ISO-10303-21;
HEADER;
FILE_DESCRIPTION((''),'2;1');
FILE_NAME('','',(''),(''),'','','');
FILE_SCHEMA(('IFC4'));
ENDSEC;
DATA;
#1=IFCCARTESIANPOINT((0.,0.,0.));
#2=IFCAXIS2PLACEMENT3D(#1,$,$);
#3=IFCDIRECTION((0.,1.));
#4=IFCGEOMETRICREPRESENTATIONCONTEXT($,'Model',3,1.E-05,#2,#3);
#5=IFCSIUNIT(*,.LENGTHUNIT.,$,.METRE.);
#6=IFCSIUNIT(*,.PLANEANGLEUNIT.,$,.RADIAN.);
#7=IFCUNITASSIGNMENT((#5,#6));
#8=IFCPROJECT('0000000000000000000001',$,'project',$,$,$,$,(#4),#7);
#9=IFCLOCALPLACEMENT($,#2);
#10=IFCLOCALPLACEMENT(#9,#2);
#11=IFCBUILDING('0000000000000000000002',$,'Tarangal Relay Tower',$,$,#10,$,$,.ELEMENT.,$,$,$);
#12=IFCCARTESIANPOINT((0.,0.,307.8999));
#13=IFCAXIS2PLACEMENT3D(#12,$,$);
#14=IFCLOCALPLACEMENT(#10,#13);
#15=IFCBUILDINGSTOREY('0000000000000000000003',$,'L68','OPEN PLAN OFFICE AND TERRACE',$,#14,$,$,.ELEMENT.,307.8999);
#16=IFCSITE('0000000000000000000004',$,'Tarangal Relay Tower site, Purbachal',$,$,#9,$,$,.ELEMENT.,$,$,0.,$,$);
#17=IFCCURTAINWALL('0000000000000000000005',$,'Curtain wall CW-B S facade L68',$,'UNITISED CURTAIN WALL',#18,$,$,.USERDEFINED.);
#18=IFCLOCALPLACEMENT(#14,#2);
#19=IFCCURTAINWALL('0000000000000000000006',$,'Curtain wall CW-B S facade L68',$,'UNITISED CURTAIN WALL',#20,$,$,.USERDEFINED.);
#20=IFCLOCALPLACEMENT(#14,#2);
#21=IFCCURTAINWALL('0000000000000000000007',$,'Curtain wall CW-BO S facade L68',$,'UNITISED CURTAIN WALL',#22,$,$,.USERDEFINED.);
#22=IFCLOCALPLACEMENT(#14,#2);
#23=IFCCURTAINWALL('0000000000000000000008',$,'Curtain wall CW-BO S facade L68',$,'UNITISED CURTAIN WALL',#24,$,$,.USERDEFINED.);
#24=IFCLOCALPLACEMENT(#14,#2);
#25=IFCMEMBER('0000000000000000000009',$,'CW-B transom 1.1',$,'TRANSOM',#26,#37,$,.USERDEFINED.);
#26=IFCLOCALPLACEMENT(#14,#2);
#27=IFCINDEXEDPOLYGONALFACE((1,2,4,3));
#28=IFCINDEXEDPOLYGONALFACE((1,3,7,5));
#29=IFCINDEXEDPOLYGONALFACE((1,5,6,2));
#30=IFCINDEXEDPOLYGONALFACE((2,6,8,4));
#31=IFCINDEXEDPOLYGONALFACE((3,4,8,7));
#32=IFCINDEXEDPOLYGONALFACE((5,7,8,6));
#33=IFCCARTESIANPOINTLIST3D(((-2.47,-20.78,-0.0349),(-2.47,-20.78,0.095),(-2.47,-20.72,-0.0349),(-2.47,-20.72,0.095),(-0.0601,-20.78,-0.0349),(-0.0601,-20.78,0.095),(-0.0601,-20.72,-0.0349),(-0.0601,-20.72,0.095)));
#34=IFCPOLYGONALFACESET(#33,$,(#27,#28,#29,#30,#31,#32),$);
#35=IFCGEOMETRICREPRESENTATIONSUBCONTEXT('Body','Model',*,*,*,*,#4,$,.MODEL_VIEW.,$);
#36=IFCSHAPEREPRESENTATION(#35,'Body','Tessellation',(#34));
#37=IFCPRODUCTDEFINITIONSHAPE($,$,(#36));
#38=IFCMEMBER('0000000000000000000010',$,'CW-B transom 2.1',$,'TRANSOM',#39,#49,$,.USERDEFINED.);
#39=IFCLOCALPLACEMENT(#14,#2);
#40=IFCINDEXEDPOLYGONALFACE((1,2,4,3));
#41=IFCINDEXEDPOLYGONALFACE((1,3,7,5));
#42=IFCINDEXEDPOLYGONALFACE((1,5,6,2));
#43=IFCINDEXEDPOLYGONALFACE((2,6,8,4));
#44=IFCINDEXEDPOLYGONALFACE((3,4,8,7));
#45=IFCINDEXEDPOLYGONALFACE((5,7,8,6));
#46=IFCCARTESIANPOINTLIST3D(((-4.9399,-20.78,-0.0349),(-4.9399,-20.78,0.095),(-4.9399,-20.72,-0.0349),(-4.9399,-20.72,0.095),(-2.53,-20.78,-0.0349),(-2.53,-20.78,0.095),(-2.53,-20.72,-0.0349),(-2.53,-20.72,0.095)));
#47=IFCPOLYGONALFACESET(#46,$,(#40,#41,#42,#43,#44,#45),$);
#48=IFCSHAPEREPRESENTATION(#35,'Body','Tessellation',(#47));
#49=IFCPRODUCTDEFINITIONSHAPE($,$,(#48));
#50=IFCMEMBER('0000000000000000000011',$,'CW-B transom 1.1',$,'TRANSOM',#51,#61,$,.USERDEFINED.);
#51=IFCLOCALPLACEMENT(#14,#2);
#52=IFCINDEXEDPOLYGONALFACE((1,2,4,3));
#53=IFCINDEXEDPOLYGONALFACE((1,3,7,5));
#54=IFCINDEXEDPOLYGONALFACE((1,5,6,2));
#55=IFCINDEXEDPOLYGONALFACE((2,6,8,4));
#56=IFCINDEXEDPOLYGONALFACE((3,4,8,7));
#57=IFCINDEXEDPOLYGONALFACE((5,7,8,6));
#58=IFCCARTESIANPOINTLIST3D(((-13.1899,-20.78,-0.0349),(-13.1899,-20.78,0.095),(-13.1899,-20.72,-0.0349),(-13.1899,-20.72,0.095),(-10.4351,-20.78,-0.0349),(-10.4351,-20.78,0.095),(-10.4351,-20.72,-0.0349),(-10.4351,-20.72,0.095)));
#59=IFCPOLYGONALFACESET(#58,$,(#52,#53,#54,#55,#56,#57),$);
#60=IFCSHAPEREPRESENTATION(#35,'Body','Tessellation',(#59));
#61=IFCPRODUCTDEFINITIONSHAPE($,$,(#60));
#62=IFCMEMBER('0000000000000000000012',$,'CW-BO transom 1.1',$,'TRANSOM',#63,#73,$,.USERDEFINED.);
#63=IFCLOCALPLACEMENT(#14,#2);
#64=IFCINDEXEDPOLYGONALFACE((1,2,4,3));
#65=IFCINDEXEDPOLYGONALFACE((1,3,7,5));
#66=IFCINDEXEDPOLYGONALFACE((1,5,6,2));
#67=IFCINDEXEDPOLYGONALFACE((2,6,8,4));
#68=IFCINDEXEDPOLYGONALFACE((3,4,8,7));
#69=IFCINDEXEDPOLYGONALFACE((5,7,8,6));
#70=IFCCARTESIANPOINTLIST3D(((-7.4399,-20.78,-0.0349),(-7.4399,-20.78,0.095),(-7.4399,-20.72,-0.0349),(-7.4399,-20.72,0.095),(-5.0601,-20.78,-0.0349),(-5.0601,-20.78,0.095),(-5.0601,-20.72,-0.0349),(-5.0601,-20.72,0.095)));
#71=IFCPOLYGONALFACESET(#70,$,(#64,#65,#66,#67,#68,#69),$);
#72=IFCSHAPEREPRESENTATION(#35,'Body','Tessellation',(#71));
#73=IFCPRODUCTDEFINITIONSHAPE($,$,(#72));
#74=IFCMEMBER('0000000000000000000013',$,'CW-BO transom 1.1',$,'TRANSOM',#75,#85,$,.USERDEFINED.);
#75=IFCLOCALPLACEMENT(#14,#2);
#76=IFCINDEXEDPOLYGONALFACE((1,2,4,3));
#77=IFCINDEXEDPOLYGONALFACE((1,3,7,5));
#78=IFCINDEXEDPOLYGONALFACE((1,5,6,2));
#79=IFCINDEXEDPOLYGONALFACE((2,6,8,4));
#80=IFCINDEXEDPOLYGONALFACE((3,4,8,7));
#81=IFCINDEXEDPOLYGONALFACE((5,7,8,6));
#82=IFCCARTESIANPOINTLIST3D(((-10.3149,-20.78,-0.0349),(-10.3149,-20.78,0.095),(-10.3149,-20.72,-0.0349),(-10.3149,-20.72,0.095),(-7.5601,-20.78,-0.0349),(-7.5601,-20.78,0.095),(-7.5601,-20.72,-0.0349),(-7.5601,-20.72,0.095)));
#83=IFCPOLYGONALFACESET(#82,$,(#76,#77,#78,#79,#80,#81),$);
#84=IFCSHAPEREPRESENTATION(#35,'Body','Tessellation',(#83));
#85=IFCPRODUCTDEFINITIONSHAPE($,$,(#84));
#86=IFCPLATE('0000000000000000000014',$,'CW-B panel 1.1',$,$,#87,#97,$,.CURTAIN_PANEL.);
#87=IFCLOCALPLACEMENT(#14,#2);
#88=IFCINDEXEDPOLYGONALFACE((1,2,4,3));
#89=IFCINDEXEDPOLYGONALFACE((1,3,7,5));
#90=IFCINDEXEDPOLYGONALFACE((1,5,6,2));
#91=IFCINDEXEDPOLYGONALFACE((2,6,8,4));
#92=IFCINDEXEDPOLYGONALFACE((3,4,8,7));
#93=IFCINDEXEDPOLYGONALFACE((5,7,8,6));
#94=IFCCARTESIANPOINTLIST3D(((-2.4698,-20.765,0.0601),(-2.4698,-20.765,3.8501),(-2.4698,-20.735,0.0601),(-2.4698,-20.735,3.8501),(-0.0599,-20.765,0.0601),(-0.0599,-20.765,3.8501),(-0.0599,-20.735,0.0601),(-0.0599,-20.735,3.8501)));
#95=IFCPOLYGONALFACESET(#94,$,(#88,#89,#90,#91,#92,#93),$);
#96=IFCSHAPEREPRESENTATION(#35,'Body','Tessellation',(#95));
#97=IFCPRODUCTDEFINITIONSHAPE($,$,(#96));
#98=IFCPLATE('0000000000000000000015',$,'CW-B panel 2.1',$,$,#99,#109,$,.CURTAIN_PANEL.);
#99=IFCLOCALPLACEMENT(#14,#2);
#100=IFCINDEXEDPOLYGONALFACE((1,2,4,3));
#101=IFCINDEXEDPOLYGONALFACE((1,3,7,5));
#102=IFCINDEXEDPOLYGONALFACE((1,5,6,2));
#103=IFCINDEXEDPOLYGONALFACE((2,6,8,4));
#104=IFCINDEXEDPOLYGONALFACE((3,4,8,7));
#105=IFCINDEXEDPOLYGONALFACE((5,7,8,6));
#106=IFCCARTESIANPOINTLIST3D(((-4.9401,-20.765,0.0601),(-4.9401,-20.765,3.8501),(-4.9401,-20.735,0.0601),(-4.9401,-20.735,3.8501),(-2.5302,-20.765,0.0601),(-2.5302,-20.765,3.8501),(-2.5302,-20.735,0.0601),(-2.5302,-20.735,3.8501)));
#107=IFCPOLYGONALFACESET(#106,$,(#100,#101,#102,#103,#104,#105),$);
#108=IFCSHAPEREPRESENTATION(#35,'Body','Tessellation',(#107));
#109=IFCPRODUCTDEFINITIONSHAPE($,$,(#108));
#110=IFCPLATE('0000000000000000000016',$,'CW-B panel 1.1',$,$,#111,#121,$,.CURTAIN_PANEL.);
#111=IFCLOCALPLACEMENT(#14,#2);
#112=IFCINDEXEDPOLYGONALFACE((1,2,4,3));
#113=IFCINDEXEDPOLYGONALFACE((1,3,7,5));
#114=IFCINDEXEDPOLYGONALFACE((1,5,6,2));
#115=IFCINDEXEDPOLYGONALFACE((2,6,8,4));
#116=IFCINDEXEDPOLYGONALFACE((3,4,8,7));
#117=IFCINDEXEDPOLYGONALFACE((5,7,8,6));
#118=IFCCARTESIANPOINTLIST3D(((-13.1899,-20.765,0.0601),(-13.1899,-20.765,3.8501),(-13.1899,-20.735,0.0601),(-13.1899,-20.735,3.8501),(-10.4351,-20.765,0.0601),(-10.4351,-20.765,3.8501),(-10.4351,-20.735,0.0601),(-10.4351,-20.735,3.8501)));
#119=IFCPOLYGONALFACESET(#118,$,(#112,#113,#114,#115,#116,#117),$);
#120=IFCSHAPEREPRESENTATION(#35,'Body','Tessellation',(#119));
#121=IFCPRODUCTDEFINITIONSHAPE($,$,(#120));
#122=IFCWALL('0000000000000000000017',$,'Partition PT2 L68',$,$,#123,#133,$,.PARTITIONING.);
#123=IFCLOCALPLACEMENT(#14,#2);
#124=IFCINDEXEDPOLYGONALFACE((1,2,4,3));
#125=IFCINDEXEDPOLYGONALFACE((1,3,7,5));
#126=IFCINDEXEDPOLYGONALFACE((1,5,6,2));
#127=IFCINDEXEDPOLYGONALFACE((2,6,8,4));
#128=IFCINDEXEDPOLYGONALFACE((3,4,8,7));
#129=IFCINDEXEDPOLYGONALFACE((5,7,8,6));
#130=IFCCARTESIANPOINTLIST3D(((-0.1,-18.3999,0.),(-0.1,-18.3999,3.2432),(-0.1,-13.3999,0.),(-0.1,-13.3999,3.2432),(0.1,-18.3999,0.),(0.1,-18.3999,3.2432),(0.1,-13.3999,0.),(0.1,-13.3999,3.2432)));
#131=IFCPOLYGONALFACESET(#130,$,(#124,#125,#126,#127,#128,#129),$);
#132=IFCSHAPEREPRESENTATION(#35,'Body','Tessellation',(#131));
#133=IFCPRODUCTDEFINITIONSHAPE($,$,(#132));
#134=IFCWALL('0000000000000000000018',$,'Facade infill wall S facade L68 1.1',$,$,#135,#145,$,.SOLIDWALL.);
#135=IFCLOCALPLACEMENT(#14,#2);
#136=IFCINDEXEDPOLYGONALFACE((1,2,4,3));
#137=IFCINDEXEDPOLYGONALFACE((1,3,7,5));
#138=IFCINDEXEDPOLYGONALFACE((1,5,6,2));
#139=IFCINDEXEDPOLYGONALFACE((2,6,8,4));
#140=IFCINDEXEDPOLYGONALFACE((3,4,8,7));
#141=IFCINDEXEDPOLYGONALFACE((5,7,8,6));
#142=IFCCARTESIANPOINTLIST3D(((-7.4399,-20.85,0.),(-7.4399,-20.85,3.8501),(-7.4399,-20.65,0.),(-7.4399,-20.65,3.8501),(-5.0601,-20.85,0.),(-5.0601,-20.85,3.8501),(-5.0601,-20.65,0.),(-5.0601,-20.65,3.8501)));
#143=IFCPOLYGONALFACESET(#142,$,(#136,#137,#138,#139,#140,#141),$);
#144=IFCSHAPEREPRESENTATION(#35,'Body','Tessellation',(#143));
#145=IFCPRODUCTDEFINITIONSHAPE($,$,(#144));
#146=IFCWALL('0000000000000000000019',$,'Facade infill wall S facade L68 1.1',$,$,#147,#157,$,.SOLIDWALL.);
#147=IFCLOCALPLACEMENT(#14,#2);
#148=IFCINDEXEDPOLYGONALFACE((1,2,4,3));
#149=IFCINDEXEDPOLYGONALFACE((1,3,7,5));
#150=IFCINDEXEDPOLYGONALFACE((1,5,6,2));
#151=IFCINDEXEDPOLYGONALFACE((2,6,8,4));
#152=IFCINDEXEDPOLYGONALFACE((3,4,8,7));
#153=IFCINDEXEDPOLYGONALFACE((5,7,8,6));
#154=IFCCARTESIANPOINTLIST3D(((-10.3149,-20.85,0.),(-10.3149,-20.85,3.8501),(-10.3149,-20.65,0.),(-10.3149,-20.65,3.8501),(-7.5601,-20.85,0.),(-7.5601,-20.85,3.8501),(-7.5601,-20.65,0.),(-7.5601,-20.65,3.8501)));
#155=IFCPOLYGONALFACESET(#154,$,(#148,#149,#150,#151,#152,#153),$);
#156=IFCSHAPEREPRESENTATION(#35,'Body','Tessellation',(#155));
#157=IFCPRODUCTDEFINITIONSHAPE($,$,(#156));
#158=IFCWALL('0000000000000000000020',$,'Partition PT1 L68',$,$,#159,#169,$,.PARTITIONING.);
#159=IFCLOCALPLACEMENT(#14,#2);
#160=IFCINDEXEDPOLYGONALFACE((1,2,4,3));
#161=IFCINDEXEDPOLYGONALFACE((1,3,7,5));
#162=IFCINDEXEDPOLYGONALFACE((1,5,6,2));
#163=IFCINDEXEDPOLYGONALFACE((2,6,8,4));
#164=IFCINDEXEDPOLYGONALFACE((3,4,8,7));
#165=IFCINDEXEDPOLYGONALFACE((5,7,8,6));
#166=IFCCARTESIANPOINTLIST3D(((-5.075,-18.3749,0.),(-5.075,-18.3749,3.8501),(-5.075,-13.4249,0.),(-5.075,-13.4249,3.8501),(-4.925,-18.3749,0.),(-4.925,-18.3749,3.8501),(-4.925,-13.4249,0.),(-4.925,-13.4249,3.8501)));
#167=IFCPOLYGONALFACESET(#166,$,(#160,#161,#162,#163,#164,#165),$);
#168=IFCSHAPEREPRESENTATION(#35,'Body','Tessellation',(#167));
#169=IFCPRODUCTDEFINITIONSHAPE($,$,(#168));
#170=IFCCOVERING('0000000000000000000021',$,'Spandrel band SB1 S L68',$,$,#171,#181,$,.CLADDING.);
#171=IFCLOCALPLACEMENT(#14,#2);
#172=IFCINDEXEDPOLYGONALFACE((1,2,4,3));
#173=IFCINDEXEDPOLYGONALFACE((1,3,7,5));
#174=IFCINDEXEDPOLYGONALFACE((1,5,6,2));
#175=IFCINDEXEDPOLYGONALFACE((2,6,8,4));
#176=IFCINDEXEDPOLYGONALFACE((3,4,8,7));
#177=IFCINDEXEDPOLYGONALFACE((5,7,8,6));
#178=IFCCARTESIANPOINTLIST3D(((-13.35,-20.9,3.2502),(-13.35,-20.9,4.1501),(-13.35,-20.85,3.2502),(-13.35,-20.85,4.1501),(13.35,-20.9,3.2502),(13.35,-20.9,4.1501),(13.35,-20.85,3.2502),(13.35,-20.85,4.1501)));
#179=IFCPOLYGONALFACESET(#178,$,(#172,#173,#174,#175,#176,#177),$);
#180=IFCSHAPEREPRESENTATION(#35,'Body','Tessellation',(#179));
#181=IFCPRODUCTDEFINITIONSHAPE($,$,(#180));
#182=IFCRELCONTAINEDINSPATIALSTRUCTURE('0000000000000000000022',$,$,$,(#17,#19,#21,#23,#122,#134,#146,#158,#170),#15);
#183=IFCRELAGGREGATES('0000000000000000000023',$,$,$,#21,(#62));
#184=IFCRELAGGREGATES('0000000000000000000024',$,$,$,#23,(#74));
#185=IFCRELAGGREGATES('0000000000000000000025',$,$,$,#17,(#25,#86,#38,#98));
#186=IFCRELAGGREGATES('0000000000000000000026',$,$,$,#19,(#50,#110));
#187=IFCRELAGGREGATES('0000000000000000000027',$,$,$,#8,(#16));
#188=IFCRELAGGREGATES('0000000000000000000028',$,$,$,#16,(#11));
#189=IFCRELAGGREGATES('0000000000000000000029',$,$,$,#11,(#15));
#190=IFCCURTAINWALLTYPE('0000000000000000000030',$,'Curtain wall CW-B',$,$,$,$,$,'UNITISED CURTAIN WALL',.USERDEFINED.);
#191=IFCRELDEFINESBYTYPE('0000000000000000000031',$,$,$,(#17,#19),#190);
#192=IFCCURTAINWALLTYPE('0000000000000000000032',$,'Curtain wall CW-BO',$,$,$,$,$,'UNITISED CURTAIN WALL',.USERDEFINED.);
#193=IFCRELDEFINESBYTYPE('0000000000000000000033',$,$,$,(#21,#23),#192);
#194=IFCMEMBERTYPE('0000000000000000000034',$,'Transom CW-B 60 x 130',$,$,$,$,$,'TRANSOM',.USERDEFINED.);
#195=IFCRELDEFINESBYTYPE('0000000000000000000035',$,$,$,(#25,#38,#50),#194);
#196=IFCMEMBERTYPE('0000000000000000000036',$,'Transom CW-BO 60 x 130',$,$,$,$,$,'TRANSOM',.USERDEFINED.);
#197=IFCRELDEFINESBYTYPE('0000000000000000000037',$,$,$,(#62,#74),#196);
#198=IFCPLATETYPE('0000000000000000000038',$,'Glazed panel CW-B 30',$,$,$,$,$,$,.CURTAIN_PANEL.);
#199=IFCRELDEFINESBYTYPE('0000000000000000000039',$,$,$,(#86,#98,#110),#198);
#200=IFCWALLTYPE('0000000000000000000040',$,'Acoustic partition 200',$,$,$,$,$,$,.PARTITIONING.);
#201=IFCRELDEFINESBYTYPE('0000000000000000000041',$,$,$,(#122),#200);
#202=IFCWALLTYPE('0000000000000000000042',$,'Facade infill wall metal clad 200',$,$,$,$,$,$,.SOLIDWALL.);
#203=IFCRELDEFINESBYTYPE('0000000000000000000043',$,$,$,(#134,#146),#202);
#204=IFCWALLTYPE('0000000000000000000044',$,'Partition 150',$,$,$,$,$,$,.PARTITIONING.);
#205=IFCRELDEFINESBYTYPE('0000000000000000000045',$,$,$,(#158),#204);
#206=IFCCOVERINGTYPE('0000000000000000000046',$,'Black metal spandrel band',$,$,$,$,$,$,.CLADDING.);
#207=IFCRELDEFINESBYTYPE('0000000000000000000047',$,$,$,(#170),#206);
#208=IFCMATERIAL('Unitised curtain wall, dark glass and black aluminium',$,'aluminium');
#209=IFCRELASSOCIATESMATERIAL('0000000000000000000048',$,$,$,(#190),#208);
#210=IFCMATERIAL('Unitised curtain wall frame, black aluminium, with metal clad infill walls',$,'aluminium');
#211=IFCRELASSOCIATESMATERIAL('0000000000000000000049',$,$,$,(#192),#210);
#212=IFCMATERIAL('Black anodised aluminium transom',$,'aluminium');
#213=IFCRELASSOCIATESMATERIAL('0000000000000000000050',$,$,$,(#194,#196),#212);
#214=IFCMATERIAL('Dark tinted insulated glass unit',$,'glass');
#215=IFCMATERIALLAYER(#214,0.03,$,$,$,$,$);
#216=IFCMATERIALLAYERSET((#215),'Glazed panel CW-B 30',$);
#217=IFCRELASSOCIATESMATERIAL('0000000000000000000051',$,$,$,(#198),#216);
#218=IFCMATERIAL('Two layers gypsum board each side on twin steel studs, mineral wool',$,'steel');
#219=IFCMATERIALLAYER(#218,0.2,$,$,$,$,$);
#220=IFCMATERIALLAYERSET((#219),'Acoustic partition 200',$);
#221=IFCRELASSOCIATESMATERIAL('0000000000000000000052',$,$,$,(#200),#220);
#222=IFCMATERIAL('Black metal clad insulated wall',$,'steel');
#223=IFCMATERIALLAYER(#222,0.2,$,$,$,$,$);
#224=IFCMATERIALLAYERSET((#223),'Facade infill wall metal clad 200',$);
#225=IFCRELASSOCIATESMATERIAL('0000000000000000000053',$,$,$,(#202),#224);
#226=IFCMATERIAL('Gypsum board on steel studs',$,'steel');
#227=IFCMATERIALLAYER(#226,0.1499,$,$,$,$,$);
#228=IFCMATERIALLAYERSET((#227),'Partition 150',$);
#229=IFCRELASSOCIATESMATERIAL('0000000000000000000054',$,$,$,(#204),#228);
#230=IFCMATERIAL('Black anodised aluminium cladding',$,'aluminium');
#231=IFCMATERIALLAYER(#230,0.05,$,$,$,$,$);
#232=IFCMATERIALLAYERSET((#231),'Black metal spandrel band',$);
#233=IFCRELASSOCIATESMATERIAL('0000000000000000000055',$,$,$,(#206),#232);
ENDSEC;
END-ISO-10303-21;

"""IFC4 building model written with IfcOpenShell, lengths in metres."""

from ifc_helpers import new_model, si_unit, direction, frame, frame_2d, origin, origin_2d, place, context, subcontext, project, spatial, rectangle, extrude, material, layer, layer_set, material_profile, profile_set, type_object, element, aggregate, save


model = new_model("IFC4")

# Units and contexts
model_context = context("Model", 3, precision=1e-05, world=origin(), true_north=direction((0.0, 1.0)))
body_context = subcontext(model_context, "Body", "Model", "MODEL_VIEW")
ifc_project = project(units=[si_unit("LENGTHUNIT", "METRE"), si_unit("PLANEANGLEUNIT", "RADIAN")], contexts=[model_context])

# Site, building, storey
site_placement = place(None, origin())
site = spatial("IfcSite", under=ifc_project, at=site_placement, Name="Tarangal Relay Tower site, Purbachal", CompositionType="ELEMENT", RefElevation=0.0)
building_placement = place(site_placement, origin())
building = spatial("IfcBuilding", under=site, at=building_placement, Name="Tarangal Relay Tower", CompositionType="ELEMENT")
storey_placement = place(building_placement, frame((0.0, 0.0, 307.8999)))
storey = spatial("IfcBuildingStorey", under=building, at=storey_placement, Name="L68", Description="OPEN PLAN OFFICE AND TERRACE", CompositionType="ELEMENT", Elevation=307.8999)

# Curtain wall
ifc_material_1 = material(Name="Unitised curtain wall, dark glass and black aluminium", Category="aluminium")
curtain_wall_type_1 = type_object("IfcCurtainWallType", Name="Curtain wall CW-B", ElementType="UNITISED CURTAIN WALL", PredefinedType="USERDEFINED", material=ifc_material_1)
curtain_wall_1_placement = place(storey_placement, origin())
curtain_wall_1 = element("IfcCurtainWall", 1, at=curtain_wall_1_placement, inside=storey, type_object=curtain_wall_type_1, Name="Curtain wall CW-B S facade L68", ObjectType="UNITISED CURTAIN WALL", PredefinedType="USERDEFINED")

# Curtain wall
curtain_wall_2_placement = place(storey_placement, origin())
curtain_wall_2 = element("IfcCurtainWall", 2, at=curtain_wall_2_placement, inside=storey, type_object=curtain_wall_type_1, Name="Curtain wall CW-B S facade L68", ObjectType="UNITISED CURTAIN WALL", PredefinedType="USERDEFINED")

# Curtain walls
ifc_material_2 = material(Name="Unitised curtain wall frame, black aluminium, with metal clad infill walls", Category="aluminium")
curtain_wall_type_2 = type_object("IfcCurtainWallType", Name="Curtain wall CW-BO", ElementType="UNITISED CURTAIN WALL", PredefinedType="USERDEFINED", material=ifc_material_2)
curtain_wall_3_placement = place(storey_placement, origin())
curtain_wall_3 = element("IfcCurtainWall", 3, at=curtain_wall_3_placement, inside=storey, type_object=curtain_wall_type_2, Name="Curtain wall CW-BO S facade L68", ObjectType="UNITISED CURTAIN WALL", PredefinedType="USERDEFINED")
curtain_wall_4_placement = place(storey_placement, origin())
curtain_wall_4 = element("IfcCurtainWall", 4, at=curtain_wall_4_placement, inside=storey, type_object=curtain_wall_type_2, Name="Curtain wall CW-BO S facade L68", ObjectType="UNITISED CURTAIN WALL", PredefinedType="USERDEFINED")

# Members
ifc_material_3 = material(Name="Black anodised aluminium transom", Category="aluminium")
ifc_material_profile_1 = material_profile(ifc_material_3, rectangle(XDim=0.0601, YDim=0.1299, at=origin_2d()), Name="CW-BT 60X130")
ifc_profile_set_1 = profile_set([ifc_material_profile_1], Name="Black anodised aluminium transom")
member_type_1 = type_object("IfcMemberType", Name="Transom CW-B 60 x 130", ElementType="TRANSOM", PredefinedType="USERDEFINED", material=ifc_profile_set_1)
member_1_placement = place(storey_placement, frame((-0.0601, -20.75, 0.03), z_axis=(-1.0, 0.0, 0.0), x_axis=(0.0, -1.0, 0.0)))
member_1 = element("IfcMember", 5, at=member_1_placement, type_object=member_type_1, Name="CW-B transom 1.1", ObjectType="TRANSOM", PredefinedType="USERDEFINED", context=body_context, shape_type="SweptSolid", body=[
    extrude(rectangle(XDim=0.0601, YDim=0.1299, at=origin_2d()), origin(), (0.0, 0.0, 1.0), 2.4099),
])
member_2_placement = place(storey_placement, frame((-2.53, -20.75, 0.03), z_axis=(-1.0, 0.0, 0.0), x_axis=(0.0, -1.0, 0.0)))
member_2 = element("IfcMember", 6, at=member_2_placement, type_object=member_type_1, Name="CW-B transom 2.1", ObjectType="TRANSOM", PredefinedType="USERDEFINED", context=body_context, shape_type="SweptSolid", body=[
    extrude(rectangle(XDim=0.0601, YDim=0.1299, at=origin_2d()), origin(), (0.0, 0.0, 1.0), 2.4099),
])
member_3_placement = place(storey_placement, frame((-10.4351, -20.75, 0.03), z_axis=(-1.0, 0.0, 0.0), x_axis=(0.0, -1.0, 0.0)))
member_3 = element("IfcMember", 7, at=member_3_placement, type_object=member_type_1, Name="CW-B transom 1.1", ObjectType="TRANSOM", PredefinedType="USERDEFINED", context=body_context, shape_type="SweptSolid", body=[
    extrude(rectangle(XDim=0.0601, YDim=0.1299, at=origin_2d()), origin(), (0.0, 0.0, 1.0), 2.7549),
])
ifc_material_profile_2 = material_profile(ifc_material_3, rectangle(XDim=0.0601, YDim=0.1299, at=origin_2d()), Name="CW-BOT 60X130")
ifc_profile_set_2 = profile_set([ifc_material_profile_2], Name="Black anodised aluminium transom")
member_type_2 = type_object("IfcMemberType", Name="Transom CW-BO 60 x 130", ElementType="TRANSOM", PredefinedType="USERDEFINED", material=ifc_profile_set_2)
member_4_placement = place(storey_placement, frame((-5.0601, -20.75, 0.03), z_axis=(-1.0, 0.0, 0.0), x_axis=(0.0, -1.0, 0.0)))
member_4 = element("IfcMember", 8, at=member_4_placement, type_object=member_type_2, Name="CW-BO transom 1.1", ObjectType="TRANSOM", PredefinedType="USERDEFINED", context=body_context, shape_type="SweptSolid", body=[
    extrude(rectangle(XDim=0.0601, YDim=0.1299, at=origin_2d()), origin(), (0.0, 0.0, 1.0), 2.3799),
])
aggregate(curtain_wall_3, [member_4])
member_5_placement = place(storey_placement, frame((-7.5601, -20.75, 0.03), z_axis=(-1.0, 0.0, 0.0), x_axis=(0.0, -1.0, 0.0)))
member_5 = element("IfcMember", 9, at=member_5_placement, type_object=member_type_2, Name="CW-BO transom 1.1", ObjectType="TRANSOM", PredefinedType="USERDEFINED", context=body_context, shape_type="SweptSolid", body=[
    extrude(rectangle(XDim=0.0601, YDim=0.1299, at=origin_2d()), origin(), (0.0, 0.0, 1.0), 2.7549),
])
aggregate(curtain_wall_4, [member_5])

# Plates
ifc_material_4 = material(Name="Dark tinted insulated glass unit", Category="glass")
ifc_layer_1 = layer(ifc_material_4, 0.03)
ifc_layer_set_1 = layer_set([ifc_layer_1], Name="Glazed panel CW-B 30")
plate_type = type_object("IfcPlateType", Name="Glazed panel CW-B 30", PredefinedType="CURTAIN_PANEL", material=ifc_layer_set_1)
plate_1_placement = place(storey_placement, frame((-1.2649, -20.75, 0.0601), z_axis=(0.0, 0.0, 1.0), x_axis=(-1.0, 0.0, 0.0)))
plate_1 = element("IfcPlate", 10, at=plate_1_placement, type_object=plate_type, Name="CW-B panel 1.1", PredefinedType="CURTAIN_PANEL", context=body_context, shape_type="SweptSolid", body=[
    extrude(rectangle(XDim=2.4099, YDim=0.03, at=origin_2d()), origin(), (0.0, 0.0, 1.0), 3.79),
])
plate_2_placement = place(storey_placement, frame((-3.7351, -20.75, 0.0601), z_axis=(0.0, 0.0, 1.0), x_axis=(-1.0, 0.0, 0.0)))
plate_2 = element("IfcPlate", 11, at=plate_2_placement, type_object=plate_type, Name="CW-B panel 2.1", PredefinedType="CURTAIN_PANEL", context=body_context, shape_type="SweptSolid", body=[
    extrude(rectangle(XDim=2.4099, YDim=0.03, at=origin_2d()), origin(), (0.0, 0.0, 1.0), 3.79),
])
aggregate(curtain_wall_1, [member_1, plate_1, member_2, plate_2])
plate_3_placement = place(storey_placement, frame((-11.8125, -20.75, 0.0601), z_axis=(0.0, 0.0, 1.0), x_axis=(-1.0, 0.0, 0.0)))
plate_3 = element("IfcPlate", 12, at=plate_3_placement, type_object=plate_type, Name="CW-B panel 1.1", PredefinedType="CURTAIN_PANEL", context=body_context, shape_type="SweptSolid", body=[
    extrude(rectangle(XDim=2.7549, YDim=0.03, at=origin_2d()), origin(), (0.0, 0.0, 1.0), 3.79),
])
aggregate(curtain_wall_2, [member_3, plate_3])

# Walls
ifc_material_5 = material(Name="Two layers gypsum board each side on twin steel studs, mineral wool", Category="steel")
ifc_layer_2 = layer(ifc_material_5, 0.2)
ifc_layer_set_2 = layer_set([ifc_layer_2], Name="Acoustic partition 200")
wall_type_1 = type_object("IfcWallType", Name="Acoustic partition 200", PredefinedType="PARTITIONING", material=ifc_layer_set_2)
wall_1_placement = place(storey_placement, frame((0.0, -18.3999, 0.0), z_axis=(0.0, 0.0, 1.0), x_axis=(0.0, 1.0, 0.0)))
element("IfcWall", 13, at=wall_1_placement, inside=storey, type_object=wall_type_1, Name="Partition PT2 L68", PredefinedType="PARTITIONING", context=body_context, shape_type="SweptSolid", body=[
    extrude(rectangle(XDim=5.0, YDim=0.2, at=frame_2d((2.5, 0.0))), origin(), (0.0, 0.0, 1.0), 3.2432),
])
ifc_material_6 = material(Name="Black metal clad insulated wall", Category="steel")
ifc_layer_3 = layer(ifc_material_6, 0.2)
ifc_layer_set_3 = layer_set([ifc_layer_3], Name="Facade infill wall metal clad 200")
wall_type_2 = type_object("IfcWallType", Name="Facade infill wall metal clad 200", PredefinedType="SOLIDWALL", material=ifc_layer_set_3)
wall_2_placement = place(storey_placement, frame((-5.0601, -20.75, 0.0), z_axis=(0.0, 0.0, 1.0), x_axis=(-1.0, 0.0, 0.0)))
element("IfcWall", 14, at=wall_2_placement, inside=storey, type_object=wall_type_2, Name="Facade infill wall S facade L68 1.1", PredefinedType="SOLIDWALL", context=body_context, shape_type="SweptSolid", body=[
    extrude(rectangle(XDim=2.3799, YDim=0.2, at=frame_2d((1.1899, 0.0))), origin(), (0.0, 0.0, 1.0), 3.8501),
])
wall_3_placement = place(storey_placement, frame((-7.5601, -20.75, 0.0), z_axis=(0.0, 0.0, 1.0), x_axis=(-1.0, 0.0, 0.0)))
element("IfcWall", 15, at=wall_3_placement, inside=storey, type_object=wall_type_2, Name="Facade infill wall S facade L68 1.1", PredefinedType="SOLIDWALL", context=body_context, shape_type="SweptSolid", body=[
    extrude(rectangle(XDim=2.7549, YDim=0.2, at=frame_2d((1.3774, 0.0))), origin(), (0.0, 0.0, 1.0), 3.8501),
])
ifc_material_7 = material(Name="Gypsum board on steel studs", Category="steel")
ifc_layer_4 = layer(ifc_material_7, 0.1499)
ifc_layer_set_4 = layer_set([ifc_layer_4], Name="Partition 150")
wall_type_3 = type_object("IfcWallType", Name="Partition 150", PredefinedType="PARTITIONING", material=ifc_layer_set_4)
wall_4_placement = place(storey_placement, frame((-5.0, -18.375, 0.0), z_axis=(0.0, 0.0, 1.0), x_axis=(0.0, 1.0, 0.0)))
element("IfcWall", 16, at=wall_4_placement, inside=storey, type_object=wall_type_3, Name="Partition PT1 L68", PredefinedType="PARTITIONING", context=body_context, shape_type="SweptSolid", body=[
    extrude(rectangle(XDim=4.95, YDim=0.1499, at=frame_2d((2.4751, 0.0))), origin(), (0.0, 0.0, 1.0), 3.8501),
])

# Covering
ifc_material_8 = material(Name="Black anodised aluminium cladding", Category="aluminium")
ifc_layer_5 = layer(ifc_material_8, 0.05)
ifc_layer_set_5 = layer_set([ifc_layer_5], Name="Black metal spandrel band")
covering_type = type_object("IfcCoveringType", Name="Black metal spandrel band", PredefinedType="CLADDING", material=ifc_layer_set_5)
covering_placement = place(storey_placement, frame((0.0, -20.875, 3.2502), z_axis=(0.0, 0.0, 1.0), x_axis=(-1.0, 0.0, 0.0)))
element("IfcCovering", 17, at=covering_placement, inside=storey, type_object=covering_type, Name="Spandrel band SB1 S L68", PredefinedType="CLADDING", context=body_context, shape_type="SweptSolid", body=[
    extrude(rectangle(XDim=26.7, YDim=0.05, at=origin_2d()), origin(), (0.0, 0.0, 1.0), 0.8999),
])

save(model, "model.ifc")
